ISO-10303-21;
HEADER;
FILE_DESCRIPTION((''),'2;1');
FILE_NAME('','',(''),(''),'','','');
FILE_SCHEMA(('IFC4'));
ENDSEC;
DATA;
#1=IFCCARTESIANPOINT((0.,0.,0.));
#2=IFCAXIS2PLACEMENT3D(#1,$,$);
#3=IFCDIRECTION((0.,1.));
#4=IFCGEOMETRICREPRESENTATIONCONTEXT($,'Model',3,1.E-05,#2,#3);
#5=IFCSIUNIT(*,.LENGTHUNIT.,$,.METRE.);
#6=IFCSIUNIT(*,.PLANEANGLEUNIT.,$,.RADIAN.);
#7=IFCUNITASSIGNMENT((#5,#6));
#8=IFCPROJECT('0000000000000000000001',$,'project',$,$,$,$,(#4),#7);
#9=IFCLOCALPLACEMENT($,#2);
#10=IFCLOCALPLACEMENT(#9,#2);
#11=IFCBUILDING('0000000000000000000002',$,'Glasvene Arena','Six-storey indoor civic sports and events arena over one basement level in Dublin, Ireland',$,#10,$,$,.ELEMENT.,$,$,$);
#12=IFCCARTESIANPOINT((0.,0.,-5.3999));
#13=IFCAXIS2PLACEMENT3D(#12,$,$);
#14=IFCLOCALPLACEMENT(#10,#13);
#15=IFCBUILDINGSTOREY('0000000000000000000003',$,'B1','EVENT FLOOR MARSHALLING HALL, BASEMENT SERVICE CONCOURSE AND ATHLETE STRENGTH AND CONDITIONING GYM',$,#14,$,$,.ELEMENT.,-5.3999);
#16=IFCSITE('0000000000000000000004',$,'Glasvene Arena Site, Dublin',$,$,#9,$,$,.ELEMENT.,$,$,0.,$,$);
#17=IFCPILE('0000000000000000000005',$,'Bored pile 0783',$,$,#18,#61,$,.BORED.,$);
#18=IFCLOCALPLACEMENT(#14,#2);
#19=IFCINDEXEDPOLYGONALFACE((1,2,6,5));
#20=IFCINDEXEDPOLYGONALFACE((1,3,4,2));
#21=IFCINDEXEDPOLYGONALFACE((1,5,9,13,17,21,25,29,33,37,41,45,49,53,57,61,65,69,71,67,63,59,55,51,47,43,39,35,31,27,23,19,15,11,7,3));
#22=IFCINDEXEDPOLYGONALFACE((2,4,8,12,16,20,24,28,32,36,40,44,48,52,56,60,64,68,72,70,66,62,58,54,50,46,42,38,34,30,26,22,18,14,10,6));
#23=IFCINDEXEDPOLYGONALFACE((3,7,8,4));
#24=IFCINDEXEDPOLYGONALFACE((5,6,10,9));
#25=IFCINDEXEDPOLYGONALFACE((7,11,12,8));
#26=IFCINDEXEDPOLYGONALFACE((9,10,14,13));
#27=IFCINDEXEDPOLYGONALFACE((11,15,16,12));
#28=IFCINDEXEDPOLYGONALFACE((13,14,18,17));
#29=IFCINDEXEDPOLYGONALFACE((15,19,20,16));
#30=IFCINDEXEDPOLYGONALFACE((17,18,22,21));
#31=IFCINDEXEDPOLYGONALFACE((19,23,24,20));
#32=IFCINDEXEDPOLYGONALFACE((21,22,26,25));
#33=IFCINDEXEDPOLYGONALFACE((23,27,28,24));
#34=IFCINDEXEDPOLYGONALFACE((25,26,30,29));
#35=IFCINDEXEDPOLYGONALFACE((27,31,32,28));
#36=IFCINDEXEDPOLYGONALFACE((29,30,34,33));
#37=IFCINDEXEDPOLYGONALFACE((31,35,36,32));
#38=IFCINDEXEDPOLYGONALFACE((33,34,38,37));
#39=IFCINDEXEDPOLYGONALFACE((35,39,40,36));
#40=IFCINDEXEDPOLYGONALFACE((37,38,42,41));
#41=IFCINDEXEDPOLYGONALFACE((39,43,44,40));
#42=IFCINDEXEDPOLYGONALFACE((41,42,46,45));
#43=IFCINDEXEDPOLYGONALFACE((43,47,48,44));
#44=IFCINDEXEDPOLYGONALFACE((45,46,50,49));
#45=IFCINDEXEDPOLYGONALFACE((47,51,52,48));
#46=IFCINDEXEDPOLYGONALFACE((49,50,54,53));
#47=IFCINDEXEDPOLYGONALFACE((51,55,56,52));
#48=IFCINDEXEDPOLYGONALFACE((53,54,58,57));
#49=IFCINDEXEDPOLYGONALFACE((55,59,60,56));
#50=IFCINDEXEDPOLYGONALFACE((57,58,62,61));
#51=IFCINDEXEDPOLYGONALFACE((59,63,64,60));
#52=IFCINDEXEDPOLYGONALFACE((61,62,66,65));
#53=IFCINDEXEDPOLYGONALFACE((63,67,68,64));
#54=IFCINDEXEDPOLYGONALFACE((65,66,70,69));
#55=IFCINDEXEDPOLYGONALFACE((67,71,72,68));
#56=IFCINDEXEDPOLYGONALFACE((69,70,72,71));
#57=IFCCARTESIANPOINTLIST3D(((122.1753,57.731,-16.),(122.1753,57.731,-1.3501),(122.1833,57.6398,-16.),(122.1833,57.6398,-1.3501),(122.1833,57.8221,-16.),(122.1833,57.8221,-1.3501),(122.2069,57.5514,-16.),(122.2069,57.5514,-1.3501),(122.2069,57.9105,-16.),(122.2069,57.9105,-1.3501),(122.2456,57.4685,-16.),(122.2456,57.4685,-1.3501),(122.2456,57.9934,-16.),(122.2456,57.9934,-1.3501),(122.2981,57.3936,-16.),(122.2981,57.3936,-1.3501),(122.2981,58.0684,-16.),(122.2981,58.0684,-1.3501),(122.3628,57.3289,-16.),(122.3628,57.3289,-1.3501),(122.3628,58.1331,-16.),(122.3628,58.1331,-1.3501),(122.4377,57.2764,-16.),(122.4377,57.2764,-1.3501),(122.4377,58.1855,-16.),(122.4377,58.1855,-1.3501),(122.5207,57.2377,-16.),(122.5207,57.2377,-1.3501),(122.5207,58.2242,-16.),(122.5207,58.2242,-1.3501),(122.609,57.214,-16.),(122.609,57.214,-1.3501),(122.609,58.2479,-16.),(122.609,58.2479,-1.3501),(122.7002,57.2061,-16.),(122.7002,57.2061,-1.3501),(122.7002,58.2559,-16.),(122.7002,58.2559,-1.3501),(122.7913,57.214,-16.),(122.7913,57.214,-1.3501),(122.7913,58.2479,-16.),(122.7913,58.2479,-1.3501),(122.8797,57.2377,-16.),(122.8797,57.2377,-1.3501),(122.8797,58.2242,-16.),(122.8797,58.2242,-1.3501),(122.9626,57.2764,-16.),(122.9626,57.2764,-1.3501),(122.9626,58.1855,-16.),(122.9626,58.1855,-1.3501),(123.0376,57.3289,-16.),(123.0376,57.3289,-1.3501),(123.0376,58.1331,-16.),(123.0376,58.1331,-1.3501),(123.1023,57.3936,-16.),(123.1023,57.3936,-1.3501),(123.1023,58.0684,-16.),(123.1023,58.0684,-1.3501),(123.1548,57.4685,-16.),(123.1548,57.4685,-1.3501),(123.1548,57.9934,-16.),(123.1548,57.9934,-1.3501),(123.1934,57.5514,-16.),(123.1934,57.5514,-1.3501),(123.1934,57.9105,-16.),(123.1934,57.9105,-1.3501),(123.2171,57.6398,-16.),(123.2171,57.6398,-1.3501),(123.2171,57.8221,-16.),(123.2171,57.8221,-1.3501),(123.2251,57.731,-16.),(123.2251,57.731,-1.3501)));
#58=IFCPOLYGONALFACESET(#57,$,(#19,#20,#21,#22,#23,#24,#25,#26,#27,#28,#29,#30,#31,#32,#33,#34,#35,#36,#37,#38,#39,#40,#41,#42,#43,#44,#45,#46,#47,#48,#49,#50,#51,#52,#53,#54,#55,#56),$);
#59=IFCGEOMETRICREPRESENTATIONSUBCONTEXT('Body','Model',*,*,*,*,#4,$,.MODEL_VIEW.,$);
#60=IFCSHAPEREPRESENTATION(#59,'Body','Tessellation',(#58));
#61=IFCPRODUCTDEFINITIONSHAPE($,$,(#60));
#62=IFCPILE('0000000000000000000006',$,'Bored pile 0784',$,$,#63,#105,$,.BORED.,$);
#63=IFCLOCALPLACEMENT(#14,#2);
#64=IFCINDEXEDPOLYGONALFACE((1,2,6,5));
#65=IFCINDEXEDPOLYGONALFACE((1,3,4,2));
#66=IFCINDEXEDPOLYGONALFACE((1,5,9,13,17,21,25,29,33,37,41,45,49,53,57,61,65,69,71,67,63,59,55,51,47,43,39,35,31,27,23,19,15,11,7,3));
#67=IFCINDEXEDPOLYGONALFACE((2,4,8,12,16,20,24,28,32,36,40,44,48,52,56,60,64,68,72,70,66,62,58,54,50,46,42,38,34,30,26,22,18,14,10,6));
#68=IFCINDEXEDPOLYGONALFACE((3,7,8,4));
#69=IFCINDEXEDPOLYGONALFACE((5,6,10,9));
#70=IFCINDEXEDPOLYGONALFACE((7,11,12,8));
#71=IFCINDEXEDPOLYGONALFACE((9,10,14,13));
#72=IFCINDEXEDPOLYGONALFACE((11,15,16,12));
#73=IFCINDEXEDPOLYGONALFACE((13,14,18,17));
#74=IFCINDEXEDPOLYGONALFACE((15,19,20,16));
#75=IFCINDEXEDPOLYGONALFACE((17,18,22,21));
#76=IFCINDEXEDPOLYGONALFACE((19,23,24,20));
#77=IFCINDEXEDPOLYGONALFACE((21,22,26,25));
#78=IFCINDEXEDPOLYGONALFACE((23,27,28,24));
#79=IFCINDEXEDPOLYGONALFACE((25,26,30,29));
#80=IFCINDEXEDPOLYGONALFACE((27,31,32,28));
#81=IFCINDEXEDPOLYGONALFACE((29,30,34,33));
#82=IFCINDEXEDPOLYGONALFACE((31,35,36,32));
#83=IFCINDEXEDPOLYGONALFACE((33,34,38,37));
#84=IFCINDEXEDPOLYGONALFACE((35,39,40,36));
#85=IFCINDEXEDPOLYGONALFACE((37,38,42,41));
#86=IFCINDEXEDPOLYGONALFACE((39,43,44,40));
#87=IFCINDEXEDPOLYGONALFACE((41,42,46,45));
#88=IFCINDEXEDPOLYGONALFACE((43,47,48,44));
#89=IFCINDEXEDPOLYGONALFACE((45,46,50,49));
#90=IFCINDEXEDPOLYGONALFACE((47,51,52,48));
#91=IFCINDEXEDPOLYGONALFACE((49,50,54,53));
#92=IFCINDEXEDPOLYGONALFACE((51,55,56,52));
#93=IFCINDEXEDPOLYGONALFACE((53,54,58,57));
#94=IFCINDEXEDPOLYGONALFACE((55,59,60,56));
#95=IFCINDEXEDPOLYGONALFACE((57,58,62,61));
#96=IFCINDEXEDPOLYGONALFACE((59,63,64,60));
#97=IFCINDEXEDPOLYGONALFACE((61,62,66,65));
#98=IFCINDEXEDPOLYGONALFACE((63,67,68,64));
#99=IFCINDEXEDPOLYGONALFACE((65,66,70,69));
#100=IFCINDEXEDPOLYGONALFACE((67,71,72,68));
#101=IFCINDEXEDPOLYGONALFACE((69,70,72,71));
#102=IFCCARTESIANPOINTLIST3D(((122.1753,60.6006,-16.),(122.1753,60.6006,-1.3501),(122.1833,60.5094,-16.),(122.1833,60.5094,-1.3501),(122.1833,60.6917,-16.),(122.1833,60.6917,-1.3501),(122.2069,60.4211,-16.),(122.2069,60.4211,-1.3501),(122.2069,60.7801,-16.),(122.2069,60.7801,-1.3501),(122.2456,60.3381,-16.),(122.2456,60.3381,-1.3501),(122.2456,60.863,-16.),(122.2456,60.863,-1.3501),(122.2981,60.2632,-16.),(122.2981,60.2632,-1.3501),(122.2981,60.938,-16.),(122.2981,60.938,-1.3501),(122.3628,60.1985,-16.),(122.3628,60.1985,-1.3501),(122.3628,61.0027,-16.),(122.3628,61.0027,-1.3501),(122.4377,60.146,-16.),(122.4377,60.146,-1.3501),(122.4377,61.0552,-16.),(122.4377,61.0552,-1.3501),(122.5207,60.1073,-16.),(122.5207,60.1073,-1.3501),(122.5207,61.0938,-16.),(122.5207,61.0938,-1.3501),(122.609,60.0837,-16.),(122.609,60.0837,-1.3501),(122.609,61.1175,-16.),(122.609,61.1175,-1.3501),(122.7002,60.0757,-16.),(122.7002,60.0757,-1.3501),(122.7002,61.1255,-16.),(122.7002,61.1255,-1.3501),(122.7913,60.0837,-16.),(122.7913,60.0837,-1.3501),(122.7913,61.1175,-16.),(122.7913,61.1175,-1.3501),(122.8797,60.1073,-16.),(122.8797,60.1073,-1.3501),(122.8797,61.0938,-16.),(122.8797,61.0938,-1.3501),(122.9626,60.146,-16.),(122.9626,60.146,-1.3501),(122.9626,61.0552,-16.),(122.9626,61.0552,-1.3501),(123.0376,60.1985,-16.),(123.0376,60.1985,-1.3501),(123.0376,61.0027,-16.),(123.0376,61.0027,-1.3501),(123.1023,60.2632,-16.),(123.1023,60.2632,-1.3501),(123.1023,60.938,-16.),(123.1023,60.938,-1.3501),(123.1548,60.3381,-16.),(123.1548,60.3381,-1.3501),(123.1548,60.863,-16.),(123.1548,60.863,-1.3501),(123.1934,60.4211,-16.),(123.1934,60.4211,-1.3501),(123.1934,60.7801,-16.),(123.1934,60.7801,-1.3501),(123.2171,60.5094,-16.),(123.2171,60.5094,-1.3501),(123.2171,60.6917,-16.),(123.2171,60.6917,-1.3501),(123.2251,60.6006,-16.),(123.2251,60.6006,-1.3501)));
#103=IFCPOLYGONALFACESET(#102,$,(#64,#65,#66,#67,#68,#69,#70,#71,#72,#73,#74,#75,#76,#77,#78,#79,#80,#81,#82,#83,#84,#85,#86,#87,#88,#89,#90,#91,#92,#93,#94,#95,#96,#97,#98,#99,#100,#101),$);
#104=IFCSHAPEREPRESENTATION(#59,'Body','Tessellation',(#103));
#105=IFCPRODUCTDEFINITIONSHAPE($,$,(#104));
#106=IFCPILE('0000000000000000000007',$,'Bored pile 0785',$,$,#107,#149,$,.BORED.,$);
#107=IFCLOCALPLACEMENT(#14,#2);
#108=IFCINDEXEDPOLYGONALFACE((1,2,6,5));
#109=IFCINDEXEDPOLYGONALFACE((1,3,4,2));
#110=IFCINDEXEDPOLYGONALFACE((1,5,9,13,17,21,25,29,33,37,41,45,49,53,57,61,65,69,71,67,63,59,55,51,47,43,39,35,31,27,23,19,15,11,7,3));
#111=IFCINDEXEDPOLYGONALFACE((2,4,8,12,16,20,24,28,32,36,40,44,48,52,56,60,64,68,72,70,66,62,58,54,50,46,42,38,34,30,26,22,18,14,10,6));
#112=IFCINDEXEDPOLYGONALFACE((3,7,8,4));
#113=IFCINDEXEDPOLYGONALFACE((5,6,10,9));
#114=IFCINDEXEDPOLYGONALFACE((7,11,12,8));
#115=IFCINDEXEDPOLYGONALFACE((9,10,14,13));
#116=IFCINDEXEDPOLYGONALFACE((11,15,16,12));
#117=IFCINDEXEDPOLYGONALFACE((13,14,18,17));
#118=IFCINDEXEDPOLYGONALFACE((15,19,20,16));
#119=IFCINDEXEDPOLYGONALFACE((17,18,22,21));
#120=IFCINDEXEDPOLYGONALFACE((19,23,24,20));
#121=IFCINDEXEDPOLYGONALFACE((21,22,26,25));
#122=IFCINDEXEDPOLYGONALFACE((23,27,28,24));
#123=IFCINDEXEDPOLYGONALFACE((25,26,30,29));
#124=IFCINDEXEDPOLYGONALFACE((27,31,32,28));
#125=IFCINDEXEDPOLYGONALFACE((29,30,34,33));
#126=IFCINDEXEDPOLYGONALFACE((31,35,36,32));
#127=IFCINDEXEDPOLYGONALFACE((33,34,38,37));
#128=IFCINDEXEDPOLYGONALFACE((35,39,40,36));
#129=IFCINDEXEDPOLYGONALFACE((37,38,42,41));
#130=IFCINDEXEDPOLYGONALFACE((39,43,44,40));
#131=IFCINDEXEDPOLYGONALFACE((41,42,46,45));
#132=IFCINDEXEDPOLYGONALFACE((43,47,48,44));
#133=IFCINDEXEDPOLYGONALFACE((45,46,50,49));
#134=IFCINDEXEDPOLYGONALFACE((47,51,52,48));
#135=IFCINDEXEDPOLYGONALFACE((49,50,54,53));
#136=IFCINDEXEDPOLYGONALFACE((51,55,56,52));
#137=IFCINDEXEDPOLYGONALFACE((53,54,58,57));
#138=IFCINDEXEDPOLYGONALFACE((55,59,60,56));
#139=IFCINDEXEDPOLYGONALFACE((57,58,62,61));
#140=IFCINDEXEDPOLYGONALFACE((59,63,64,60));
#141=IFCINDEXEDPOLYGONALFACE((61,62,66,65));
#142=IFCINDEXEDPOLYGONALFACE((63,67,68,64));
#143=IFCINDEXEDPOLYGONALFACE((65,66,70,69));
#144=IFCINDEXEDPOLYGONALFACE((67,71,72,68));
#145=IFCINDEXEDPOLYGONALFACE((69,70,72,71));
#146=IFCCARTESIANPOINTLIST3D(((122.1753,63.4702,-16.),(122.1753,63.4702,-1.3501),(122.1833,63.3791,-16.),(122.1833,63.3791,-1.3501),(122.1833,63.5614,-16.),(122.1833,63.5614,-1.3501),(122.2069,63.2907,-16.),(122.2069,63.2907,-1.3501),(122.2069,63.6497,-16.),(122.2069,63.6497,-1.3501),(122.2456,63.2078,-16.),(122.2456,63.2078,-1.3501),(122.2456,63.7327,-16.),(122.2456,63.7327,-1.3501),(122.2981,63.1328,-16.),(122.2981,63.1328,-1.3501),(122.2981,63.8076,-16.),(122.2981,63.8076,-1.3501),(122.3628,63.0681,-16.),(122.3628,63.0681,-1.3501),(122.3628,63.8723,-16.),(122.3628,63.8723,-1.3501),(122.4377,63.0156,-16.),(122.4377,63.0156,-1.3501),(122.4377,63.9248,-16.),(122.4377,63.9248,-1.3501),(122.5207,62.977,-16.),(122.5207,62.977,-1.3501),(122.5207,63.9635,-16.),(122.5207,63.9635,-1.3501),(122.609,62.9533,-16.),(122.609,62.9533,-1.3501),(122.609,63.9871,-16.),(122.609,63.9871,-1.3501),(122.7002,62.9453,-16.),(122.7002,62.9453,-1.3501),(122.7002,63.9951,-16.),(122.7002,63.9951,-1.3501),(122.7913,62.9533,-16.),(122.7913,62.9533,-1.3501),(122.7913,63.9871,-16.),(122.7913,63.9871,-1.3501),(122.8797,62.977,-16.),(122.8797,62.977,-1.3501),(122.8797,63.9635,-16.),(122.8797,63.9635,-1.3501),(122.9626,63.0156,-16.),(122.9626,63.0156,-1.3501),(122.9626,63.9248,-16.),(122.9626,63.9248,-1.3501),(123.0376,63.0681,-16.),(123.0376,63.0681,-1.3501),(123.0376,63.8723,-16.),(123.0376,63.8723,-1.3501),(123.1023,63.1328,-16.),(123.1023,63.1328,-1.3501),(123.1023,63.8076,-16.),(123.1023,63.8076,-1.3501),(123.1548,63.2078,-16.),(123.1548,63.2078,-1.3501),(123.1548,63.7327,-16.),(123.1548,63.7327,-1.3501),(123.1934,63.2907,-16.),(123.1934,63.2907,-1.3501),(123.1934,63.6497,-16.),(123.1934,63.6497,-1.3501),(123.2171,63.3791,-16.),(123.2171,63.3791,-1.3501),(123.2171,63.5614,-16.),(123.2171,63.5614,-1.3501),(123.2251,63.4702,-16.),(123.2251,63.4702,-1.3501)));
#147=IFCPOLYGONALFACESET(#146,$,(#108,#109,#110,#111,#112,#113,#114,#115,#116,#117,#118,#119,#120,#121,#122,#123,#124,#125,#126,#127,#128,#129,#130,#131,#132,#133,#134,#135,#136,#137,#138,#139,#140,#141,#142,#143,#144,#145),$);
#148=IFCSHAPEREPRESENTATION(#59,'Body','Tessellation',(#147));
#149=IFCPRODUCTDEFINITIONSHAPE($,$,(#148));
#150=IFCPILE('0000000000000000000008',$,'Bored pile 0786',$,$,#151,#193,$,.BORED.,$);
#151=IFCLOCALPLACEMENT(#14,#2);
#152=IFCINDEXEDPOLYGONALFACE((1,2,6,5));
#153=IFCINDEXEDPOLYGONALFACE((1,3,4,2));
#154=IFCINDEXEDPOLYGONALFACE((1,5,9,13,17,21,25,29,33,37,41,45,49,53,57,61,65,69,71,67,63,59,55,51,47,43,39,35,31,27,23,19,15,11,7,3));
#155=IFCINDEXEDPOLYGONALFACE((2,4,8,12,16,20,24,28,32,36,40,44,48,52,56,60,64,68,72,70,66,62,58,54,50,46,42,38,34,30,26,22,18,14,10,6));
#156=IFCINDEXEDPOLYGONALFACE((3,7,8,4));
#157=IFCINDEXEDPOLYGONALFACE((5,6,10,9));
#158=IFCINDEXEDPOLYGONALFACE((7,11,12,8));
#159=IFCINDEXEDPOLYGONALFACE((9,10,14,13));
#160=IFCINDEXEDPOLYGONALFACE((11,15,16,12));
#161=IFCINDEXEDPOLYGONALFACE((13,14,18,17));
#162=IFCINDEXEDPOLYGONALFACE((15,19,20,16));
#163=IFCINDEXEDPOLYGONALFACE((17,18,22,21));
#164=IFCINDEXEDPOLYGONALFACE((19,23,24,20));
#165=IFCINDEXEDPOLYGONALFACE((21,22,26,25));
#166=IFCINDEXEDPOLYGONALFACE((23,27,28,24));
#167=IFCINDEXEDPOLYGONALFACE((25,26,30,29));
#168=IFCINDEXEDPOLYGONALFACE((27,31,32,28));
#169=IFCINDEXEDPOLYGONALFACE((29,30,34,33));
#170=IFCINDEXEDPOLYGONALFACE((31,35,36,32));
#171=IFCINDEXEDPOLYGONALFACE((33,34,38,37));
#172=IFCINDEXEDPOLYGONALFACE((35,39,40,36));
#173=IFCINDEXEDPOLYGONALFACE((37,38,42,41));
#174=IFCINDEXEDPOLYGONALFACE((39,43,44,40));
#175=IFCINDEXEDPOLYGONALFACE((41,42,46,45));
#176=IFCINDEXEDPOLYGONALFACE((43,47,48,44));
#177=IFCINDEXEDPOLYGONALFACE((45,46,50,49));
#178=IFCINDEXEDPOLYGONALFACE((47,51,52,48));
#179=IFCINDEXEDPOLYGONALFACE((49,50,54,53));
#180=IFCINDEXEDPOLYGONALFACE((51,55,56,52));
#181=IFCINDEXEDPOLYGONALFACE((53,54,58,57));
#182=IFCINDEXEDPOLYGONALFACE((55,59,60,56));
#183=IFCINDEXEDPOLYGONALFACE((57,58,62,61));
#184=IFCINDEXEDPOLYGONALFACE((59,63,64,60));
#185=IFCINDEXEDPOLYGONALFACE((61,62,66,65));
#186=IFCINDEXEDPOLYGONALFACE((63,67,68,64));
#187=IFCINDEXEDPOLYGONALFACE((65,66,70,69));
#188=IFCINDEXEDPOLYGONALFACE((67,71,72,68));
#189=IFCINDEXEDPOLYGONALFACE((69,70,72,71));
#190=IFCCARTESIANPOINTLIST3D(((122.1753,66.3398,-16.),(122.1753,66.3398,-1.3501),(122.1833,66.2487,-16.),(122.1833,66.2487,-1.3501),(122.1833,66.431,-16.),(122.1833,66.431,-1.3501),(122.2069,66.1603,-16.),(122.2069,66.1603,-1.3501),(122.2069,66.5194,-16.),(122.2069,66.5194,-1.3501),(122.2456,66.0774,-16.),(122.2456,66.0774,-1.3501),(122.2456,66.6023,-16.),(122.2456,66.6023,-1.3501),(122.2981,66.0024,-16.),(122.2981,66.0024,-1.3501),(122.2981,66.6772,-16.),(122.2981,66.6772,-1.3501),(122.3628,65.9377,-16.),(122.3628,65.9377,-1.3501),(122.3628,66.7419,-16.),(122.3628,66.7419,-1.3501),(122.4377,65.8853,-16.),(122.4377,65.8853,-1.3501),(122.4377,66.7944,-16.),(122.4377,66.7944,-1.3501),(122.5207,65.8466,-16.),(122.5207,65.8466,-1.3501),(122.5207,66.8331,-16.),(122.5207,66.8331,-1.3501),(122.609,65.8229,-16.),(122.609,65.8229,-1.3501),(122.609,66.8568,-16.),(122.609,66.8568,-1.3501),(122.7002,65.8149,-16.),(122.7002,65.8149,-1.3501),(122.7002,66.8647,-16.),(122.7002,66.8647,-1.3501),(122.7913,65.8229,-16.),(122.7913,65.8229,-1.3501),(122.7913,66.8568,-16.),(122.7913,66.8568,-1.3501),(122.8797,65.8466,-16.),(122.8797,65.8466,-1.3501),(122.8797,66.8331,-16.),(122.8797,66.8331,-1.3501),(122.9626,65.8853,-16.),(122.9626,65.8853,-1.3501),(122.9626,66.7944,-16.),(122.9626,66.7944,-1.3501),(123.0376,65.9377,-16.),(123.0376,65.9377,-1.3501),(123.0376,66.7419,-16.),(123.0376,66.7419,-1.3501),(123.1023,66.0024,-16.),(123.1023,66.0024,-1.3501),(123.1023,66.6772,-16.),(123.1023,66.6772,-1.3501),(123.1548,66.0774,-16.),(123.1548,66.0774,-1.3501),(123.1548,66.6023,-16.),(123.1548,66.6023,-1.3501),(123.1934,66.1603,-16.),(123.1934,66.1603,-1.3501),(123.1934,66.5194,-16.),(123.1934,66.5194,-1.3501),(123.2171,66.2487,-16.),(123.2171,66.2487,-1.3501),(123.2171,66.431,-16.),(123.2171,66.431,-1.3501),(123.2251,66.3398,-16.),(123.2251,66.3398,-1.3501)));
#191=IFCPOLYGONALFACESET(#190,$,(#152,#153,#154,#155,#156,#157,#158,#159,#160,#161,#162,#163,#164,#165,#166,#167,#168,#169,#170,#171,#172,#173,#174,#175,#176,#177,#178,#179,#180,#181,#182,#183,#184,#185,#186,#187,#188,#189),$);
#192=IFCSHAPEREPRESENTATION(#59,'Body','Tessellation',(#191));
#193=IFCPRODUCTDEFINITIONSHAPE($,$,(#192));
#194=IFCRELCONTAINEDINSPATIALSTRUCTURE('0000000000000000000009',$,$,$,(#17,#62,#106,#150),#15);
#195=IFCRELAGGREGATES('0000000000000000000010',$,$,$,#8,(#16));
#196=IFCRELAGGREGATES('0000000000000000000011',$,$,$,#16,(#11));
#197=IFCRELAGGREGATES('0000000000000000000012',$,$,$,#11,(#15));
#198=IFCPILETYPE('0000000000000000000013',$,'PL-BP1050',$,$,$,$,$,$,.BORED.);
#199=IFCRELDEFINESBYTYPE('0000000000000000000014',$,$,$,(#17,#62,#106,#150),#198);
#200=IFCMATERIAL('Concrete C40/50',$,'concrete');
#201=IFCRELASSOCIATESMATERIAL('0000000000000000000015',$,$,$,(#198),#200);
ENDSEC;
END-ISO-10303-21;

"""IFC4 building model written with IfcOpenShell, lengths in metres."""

from ifc_helpers import new_model, si_unit, direction, frame, origin, origin_2d, place, context, subcontext, project, spatial, circle, extrude, material, material_profile, profile_set, type_object, element, save


model = new_model("IFC4")

# Units and contexts
model_context = context("Model", 3, precision=1e-05, world=origin(), true_north=direction((0.0, 1.0)))
body_context = subcontext(model_context, "Body", "Model", "MODEL_VIEW")
ifc_project = project(units=[si_unit("LENGTHUNIT", "METRE"), si_unit("PLANEANGLEUNIT", "RADIAN")], contexts=[model_context])

# Site, building, storey
site_placement = place(None, origin())
site = spatial("IfcSite", under=ifc_project, at=site_placement, Name="Glasvene Arena Site, Dublin", CompositionType="ELEMENT", RefElevation=0.0)
building_placement = place(site_placement, origin())
building = spatial("IfcBuilding", under=site, at=building_placement, Name="Glasvene Arena", Description="Six-storey indoor civic sports and events arena over one basement level in Dublin, Ireland", CompositionType="ELEMENT")
storey_placement = place(building_placement, frame((0.0, 0.0, -5.3999)))
storey = spatial("IfcBuildingStorey", under=building, at=storey_placement, Name="B1", Description="EVENT FLOOR MARSHALLING HALL, BASEMENT SERVICE CONCOURSE AND ATHLETE STRENGTH AND CONDITIONING GYM", CompositionType="ELEMENT", Elevation=-5.3999)

# Piles
ifc_material_1 = material(Name="Concrete C40/50", Category="concrete")
ifc_material_profile_1 = material_profile(ifc_material_1, circle(Radius=0.5249, at=origin_2d()), Name="BORED PILE 1050")
ifc_profile_set_1 = profile_set([ifc_material_profile_1], Name="Concrete C40/50")
pile_type = type_object("IfcPileType", Name="PL-BP1050", PredefinedType="BORED", material=ifc_profile_set_1)
for number, where, z_axis, x_axis, name in (
    (1, (122.7002, 57.731, -1.3501), (0.0, 0.0, -1.0), (1.0, 0.0, 0.0), "Bored pile 0783"),
    (2, (122.7002, 60.6006, -1.3501), (0.0, 0.0, -1.0), (1.0, 0.0, 0.0), "Bored pile 0784"),
    (3, (122.7002, 63.4702, -1.3501), (0.0, 0.0, -1.0), (1.0, 0.0, 0.0), "Bored pile 0785"),
    (4, (122.7002, 66.3398, -1.3501), (0.0, 0.0, -1.0), (1.0, 0.0, 0.0), "Bored pile 0786"),
):
    element("IfcPile", number, at=place(storey_placement, frame(where, z_axis=z_axis, x_axis=x_axis)), inside=storey, type_object=pile_type, Name=name, PredefinedType="BORED", context=body_context, shape_type="SweptSolid", body=[
        extrude(circle(Radius=0.5249, at=origin_2d()), origin(), (0.0, 0.0, 1.0), 14.6499),
    ])

save(model, "model.ifc")
